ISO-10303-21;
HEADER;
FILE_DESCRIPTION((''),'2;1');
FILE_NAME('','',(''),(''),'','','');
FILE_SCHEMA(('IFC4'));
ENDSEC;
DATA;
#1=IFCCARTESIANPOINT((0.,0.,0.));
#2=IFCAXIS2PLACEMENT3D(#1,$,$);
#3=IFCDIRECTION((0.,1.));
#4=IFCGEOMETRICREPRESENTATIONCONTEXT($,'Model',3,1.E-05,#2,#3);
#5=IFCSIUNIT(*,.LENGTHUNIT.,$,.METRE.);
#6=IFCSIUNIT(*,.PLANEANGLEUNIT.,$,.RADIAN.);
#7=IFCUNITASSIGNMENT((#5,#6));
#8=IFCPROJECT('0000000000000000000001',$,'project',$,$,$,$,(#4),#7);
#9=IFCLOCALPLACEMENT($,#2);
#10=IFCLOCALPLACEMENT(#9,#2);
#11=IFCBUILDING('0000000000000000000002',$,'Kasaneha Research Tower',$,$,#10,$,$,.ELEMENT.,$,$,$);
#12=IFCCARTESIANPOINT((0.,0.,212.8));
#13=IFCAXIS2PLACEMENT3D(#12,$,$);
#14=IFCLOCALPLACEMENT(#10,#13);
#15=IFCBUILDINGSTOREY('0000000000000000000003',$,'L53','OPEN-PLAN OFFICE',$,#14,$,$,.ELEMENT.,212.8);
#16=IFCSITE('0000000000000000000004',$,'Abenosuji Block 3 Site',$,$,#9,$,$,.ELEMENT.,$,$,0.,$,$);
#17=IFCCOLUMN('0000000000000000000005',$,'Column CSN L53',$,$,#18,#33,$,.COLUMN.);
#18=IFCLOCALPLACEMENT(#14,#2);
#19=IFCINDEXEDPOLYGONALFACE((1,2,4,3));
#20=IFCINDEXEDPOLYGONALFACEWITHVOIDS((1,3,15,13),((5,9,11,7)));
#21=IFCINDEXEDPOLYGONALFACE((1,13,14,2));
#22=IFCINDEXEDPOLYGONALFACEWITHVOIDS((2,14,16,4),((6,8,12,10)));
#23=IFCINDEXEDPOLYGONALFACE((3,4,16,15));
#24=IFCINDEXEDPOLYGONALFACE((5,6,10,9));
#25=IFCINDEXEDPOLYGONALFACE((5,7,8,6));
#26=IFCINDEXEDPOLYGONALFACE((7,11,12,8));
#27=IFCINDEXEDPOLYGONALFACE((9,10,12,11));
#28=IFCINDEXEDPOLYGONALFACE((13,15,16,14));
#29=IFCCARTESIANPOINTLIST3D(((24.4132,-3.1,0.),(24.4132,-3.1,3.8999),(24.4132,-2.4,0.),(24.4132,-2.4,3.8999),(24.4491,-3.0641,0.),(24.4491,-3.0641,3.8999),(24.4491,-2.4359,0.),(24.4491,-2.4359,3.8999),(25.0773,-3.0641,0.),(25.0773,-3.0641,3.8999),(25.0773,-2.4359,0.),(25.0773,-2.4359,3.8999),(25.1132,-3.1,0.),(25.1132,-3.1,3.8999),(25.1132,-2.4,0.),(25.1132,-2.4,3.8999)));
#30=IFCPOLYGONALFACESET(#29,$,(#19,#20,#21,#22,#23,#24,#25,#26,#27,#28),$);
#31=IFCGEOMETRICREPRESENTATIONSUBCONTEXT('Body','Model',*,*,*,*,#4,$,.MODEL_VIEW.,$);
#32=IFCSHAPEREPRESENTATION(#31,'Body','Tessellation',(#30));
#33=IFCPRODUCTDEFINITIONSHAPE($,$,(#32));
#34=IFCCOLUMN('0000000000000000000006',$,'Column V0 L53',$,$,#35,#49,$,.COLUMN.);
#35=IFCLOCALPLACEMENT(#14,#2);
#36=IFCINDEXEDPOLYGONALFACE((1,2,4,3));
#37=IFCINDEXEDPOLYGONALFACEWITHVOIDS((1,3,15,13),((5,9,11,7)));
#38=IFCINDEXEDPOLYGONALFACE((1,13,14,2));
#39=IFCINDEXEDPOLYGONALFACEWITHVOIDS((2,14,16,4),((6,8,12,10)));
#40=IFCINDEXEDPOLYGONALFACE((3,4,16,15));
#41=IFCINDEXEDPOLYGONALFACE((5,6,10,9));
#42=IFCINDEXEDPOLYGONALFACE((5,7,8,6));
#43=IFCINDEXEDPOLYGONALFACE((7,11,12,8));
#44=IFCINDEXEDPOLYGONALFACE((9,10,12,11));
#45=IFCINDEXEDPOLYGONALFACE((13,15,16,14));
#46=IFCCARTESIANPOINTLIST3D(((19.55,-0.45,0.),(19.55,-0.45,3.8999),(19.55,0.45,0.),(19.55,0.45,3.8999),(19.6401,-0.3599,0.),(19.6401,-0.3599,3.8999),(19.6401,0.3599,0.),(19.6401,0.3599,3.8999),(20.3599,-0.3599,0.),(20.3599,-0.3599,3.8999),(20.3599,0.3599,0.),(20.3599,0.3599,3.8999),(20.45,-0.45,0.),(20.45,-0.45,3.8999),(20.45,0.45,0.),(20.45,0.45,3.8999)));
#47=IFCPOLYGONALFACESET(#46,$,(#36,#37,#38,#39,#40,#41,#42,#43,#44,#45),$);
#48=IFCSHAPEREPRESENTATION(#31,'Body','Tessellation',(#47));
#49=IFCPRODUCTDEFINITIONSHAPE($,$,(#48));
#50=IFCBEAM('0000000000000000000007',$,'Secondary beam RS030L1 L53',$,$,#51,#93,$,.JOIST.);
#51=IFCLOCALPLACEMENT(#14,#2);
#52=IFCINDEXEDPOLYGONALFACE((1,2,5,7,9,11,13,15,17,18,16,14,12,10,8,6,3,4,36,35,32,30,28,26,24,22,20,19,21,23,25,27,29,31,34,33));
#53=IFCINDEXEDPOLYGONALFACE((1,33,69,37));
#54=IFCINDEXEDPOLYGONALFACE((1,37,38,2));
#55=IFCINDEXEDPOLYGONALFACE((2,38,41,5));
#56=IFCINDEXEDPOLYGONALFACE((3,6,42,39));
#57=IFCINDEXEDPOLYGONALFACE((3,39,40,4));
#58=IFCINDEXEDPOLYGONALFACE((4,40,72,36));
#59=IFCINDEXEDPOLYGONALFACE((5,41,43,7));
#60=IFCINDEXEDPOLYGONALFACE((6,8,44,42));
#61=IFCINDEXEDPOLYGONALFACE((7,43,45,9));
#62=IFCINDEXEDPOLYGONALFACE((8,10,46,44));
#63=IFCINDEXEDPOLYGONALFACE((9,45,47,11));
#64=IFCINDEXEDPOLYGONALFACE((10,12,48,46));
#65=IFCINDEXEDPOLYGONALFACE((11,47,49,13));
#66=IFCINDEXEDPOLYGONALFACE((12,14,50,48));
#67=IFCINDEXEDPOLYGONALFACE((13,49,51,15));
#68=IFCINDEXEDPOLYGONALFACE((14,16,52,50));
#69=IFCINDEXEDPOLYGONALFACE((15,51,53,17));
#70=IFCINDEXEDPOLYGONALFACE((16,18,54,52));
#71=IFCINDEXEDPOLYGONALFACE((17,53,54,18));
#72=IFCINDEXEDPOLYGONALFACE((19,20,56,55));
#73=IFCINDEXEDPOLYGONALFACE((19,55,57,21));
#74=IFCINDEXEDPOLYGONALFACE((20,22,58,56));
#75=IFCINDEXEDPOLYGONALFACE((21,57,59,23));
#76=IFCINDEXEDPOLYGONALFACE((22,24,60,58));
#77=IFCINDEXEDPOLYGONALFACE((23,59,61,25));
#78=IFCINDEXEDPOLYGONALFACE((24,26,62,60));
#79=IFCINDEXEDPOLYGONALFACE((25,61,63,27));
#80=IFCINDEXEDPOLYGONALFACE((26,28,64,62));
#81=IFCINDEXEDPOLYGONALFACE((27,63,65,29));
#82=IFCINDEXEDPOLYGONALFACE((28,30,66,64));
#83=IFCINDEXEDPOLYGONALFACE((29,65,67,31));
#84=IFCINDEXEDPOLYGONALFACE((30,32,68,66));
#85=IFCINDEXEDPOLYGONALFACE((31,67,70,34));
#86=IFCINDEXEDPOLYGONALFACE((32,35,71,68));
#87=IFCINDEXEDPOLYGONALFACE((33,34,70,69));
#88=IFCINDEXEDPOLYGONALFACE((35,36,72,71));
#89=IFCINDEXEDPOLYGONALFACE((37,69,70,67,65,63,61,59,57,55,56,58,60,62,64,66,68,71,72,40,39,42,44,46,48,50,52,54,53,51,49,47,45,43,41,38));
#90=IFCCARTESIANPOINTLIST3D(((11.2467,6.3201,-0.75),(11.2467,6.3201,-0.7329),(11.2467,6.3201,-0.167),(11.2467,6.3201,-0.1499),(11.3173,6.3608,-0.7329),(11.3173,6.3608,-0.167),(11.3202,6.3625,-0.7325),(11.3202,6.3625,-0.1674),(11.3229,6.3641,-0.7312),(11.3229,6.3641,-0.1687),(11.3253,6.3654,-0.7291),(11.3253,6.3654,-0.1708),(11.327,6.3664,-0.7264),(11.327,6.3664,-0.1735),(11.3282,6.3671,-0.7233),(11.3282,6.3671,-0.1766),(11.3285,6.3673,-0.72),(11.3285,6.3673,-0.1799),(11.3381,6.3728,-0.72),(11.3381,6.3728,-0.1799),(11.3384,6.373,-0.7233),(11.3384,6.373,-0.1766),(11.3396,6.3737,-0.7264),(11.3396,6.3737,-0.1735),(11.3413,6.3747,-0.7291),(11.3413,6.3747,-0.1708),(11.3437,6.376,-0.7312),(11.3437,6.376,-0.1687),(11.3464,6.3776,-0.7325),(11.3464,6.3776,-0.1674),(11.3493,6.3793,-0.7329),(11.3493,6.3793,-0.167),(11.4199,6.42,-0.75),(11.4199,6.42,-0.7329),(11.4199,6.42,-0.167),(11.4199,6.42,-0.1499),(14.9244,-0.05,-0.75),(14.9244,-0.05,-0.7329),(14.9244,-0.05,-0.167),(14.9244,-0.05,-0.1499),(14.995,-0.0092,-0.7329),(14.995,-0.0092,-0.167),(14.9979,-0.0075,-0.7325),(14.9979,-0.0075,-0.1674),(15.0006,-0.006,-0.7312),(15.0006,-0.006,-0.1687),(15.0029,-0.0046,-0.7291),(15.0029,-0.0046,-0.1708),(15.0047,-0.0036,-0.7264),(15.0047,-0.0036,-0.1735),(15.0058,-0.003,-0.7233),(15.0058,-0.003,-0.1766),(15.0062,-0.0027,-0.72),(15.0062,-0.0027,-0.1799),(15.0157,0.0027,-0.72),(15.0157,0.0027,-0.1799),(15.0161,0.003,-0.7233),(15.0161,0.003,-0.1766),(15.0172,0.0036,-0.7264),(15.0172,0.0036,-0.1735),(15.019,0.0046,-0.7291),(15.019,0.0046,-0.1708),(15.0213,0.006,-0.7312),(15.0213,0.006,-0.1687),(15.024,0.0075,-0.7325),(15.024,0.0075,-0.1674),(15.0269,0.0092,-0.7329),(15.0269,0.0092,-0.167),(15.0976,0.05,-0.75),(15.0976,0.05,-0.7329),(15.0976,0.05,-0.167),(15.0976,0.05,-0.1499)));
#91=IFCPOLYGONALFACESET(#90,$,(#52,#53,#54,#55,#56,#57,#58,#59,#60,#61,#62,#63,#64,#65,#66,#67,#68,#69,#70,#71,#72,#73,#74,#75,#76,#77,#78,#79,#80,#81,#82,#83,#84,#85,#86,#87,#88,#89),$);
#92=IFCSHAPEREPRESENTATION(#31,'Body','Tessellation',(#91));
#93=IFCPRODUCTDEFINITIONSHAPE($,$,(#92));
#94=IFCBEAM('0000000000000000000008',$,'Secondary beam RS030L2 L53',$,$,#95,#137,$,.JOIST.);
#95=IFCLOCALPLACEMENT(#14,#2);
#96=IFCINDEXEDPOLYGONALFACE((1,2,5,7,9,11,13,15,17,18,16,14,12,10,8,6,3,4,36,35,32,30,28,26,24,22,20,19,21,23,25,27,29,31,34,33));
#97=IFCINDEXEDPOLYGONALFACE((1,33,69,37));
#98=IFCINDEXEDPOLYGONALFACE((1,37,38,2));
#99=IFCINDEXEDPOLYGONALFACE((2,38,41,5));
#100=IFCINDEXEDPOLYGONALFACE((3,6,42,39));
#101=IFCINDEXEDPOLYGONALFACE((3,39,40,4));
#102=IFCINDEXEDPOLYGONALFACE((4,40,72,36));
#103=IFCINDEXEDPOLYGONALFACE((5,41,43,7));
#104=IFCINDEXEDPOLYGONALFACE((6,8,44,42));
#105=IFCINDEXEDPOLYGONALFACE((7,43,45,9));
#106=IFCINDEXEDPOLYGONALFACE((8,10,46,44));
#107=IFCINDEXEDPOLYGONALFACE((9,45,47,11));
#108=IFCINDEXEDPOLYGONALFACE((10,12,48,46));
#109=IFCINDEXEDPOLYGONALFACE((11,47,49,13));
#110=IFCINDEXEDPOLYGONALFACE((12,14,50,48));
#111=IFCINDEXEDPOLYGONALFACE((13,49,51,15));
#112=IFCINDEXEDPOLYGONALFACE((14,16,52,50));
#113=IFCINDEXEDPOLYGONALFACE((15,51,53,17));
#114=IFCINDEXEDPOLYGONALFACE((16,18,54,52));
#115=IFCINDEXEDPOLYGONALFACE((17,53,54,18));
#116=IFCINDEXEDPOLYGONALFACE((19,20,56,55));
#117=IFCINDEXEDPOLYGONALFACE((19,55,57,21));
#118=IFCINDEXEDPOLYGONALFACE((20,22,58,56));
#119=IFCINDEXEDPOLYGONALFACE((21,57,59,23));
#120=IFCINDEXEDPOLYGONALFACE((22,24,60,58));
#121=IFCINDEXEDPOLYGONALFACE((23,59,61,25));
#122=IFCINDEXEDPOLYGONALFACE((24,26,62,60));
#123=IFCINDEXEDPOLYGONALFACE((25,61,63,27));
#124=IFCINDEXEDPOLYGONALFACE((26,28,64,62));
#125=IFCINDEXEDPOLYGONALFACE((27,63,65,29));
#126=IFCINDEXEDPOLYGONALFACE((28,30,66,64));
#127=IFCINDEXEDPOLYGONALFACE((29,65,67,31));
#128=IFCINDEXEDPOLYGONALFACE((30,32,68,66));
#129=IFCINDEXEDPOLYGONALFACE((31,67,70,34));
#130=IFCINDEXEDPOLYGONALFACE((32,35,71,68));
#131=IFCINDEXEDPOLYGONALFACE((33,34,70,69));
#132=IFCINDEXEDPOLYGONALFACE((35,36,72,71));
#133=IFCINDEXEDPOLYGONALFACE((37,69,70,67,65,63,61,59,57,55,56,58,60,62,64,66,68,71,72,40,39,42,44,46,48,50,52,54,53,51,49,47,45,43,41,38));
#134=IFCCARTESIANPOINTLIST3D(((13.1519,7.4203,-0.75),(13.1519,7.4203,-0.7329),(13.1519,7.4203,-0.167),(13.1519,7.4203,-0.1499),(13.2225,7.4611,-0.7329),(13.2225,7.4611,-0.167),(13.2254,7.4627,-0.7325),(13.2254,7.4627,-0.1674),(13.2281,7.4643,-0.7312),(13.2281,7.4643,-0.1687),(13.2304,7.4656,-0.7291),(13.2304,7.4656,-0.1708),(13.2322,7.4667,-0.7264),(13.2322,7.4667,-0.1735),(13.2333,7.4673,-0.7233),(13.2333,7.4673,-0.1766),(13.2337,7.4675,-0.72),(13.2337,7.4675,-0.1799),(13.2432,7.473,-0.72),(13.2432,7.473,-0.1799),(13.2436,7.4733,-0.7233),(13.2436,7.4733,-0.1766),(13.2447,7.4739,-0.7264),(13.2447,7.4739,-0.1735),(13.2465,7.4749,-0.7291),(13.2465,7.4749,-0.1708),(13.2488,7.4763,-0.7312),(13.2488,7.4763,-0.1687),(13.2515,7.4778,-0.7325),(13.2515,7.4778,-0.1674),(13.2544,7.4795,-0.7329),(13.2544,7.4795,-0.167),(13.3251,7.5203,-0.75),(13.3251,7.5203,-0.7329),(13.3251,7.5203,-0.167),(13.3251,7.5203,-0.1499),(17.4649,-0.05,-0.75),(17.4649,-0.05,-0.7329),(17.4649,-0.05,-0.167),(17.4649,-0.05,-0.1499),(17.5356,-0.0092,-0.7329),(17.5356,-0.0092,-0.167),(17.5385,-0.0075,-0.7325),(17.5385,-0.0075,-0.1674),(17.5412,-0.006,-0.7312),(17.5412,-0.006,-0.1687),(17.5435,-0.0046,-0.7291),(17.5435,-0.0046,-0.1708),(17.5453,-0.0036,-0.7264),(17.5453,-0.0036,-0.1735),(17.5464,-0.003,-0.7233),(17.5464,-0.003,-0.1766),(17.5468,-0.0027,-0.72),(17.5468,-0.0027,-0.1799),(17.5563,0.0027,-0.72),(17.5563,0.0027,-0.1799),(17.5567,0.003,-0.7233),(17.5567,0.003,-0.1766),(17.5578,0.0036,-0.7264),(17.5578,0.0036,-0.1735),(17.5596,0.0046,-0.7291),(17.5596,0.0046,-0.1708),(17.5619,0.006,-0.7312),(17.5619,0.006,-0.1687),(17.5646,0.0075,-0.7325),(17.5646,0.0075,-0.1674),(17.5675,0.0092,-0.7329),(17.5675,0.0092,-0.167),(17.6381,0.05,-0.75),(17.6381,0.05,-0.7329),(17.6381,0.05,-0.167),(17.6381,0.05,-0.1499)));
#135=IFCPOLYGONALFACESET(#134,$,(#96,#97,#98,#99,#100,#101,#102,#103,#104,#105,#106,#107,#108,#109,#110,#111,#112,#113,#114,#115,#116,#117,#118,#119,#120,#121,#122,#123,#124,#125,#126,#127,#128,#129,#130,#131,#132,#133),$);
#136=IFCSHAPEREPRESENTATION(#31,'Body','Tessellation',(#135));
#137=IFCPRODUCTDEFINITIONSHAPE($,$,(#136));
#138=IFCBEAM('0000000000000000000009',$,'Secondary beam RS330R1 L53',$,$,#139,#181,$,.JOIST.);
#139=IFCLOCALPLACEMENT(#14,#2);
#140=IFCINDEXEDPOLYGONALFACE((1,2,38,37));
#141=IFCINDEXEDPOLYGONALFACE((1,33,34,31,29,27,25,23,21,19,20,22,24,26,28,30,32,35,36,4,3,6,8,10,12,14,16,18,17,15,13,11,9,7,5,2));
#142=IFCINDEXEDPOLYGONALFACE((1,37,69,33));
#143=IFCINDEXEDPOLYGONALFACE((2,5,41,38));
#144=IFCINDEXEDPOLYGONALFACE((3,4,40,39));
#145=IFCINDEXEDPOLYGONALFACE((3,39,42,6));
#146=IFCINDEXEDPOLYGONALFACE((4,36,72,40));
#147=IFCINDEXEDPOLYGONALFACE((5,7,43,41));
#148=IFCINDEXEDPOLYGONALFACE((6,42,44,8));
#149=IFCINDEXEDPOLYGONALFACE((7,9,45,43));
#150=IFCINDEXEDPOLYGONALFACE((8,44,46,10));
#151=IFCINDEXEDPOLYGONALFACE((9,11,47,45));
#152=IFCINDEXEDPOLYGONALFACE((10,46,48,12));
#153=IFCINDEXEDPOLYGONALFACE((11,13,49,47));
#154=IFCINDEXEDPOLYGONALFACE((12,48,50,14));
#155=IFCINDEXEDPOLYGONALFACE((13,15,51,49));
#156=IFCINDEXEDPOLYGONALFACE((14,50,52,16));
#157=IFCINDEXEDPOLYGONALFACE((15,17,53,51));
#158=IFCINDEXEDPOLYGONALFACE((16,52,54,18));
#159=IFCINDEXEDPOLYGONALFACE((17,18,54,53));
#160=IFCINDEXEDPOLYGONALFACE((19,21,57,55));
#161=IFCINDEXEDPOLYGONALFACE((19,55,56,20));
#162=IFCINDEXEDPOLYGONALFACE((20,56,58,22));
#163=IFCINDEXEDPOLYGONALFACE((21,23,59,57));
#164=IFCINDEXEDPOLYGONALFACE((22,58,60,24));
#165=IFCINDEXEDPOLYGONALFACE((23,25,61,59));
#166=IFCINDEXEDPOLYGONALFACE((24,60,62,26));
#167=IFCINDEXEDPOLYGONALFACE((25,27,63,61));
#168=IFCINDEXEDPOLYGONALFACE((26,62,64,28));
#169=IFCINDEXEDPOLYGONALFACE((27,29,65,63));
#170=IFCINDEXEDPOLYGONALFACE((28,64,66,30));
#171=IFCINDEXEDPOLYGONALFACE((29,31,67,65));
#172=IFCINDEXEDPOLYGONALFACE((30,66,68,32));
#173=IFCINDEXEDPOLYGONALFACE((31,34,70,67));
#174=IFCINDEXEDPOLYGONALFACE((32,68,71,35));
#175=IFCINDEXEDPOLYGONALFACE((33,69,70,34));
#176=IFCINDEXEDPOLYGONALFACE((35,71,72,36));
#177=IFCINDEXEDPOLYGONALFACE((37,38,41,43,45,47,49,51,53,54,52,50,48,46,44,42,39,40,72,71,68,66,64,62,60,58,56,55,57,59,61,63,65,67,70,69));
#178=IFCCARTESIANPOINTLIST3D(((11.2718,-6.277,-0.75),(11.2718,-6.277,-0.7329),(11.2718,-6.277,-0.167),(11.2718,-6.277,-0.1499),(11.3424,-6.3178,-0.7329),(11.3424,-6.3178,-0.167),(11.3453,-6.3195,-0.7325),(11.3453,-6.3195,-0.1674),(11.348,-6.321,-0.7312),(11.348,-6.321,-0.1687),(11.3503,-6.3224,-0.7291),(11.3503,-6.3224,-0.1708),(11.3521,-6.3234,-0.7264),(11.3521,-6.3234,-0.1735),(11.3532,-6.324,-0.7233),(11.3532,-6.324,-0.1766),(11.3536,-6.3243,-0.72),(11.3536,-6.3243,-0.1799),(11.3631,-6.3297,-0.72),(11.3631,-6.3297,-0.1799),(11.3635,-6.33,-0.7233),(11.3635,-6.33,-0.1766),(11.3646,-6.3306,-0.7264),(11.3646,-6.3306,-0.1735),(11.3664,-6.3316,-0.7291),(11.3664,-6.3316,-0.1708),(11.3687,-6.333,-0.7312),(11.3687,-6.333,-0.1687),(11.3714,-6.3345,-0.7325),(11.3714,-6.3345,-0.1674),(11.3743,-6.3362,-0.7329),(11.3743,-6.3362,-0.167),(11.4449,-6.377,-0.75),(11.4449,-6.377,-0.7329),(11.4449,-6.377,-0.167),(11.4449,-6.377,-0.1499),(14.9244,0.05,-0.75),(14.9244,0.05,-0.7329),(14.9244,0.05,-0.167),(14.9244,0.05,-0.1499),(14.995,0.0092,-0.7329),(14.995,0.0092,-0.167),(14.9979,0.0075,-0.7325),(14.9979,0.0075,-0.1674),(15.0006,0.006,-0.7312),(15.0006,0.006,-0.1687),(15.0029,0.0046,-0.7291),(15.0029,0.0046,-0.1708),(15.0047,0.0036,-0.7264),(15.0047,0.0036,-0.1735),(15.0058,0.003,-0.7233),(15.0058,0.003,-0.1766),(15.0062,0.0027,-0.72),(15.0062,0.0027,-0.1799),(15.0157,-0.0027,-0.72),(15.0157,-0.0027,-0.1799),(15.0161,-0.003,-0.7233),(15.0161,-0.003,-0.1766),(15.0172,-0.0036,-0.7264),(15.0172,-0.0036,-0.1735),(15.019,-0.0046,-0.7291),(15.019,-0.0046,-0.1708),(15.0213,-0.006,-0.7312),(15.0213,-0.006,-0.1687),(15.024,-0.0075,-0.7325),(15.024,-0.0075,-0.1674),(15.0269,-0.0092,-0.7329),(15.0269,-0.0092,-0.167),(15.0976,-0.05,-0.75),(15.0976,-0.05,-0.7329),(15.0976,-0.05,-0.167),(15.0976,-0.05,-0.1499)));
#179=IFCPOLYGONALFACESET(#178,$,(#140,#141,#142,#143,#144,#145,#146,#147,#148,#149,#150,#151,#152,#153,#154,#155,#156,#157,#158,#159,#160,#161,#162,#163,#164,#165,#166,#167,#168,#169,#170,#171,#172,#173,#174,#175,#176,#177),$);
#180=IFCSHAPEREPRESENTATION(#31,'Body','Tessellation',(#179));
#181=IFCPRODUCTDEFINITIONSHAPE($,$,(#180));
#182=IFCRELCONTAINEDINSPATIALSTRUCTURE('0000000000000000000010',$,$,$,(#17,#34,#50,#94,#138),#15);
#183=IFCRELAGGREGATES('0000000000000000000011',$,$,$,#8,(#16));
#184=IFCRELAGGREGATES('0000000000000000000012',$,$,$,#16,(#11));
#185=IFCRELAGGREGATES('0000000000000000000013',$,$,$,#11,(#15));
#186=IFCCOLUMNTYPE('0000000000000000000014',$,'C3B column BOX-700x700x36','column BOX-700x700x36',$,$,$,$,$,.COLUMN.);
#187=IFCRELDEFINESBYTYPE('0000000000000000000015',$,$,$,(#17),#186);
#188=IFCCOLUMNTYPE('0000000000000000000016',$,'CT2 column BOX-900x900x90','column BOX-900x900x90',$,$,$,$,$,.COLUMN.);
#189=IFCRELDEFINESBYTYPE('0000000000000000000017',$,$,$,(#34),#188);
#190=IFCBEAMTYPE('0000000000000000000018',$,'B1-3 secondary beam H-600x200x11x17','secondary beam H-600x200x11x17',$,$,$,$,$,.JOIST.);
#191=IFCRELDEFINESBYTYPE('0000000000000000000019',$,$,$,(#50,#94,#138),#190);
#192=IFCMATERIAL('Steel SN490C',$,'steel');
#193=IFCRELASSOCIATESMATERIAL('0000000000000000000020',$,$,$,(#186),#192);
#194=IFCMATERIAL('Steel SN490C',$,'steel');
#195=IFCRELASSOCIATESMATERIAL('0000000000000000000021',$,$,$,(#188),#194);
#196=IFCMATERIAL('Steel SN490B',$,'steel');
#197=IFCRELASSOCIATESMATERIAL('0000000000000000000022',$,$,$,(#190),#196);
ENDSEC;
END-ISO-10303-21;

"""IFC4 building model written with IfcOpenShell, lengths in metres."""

from ifc_helpers import new_model, si_unit, direction, frame, origin, origin_2d, place, context, subcontext, project, spatial, hollow_rectangle, i_section, extrude, material, material_profile, profile_set, type_object, element, save


model = new_model("IFC4")

# Units and contexts
model_context = context("Model", 3, precision=1e-05, world=origin(), true_north=direction((0.0, 1.0)))
body_context = subcontext(model_context, "Body", "Model", "MODEL_VIEW")
ifc_project = project(units=[si_unit("LENGTHUNIT", "METRE"), si_unit("PLANEANGLEUNIT", "RADIAN")], contexts=[model_context])

# Site, building, storey
site_placement = place(None, origin())
site = spatial("IfcSite", under=ifc_project, at=site_placement, Name="Abenosuji Block 3 Site", CompositionType="ELEMENT", RefElevation=0.0)
building_placement = place(site_placement, origin())
building = spatial("IfcBuilding", under=site, at=building_placement, Name="Kasaneha Research Tower", CompositionType="ELEMENT")
storey_placement = place(building_placement, frame((0.0, 0.0, 212.8)))
storey = spatial("IfcBuildingStorey", under=building, at=storey_placement, Name="L53", Description="OPEN-PLAN OFFICE", CompositionType="ELEMENT", Elevation=212.8)

# Columns
ifc_material_1 = material(Name="Steel SN490C", Category="steel")
ifc_material_profile_1 = material_profile(ifc_material_1, hollow_rectangle(XDim=0.7, YDim=0.7, WallThickness=0.0359, at=origin_2d()), Name="BOX-700x700x36")
ifc_profile_set_1 = profile_set([ifc_material_profile_1], Name="Steel SN490C")
column_type_1 = type_object("IfcColumnType", Name="C3B column BOX-700x700x36", Description="column BOX-700x700x36", PredefinedType="COLUMN", material=ifc_profile_set_1)
column_1_placement = place(storey_placement, frame((24.7632, -2.75, 0.0), z_axis=(0.0, 0.0, 1.0), x_axis=(1.0, 0.0, 0.0)))
element("IfcColumn", 1, at=column_1_placement, inside=storey, type_object=column_type_1, Name="Column CSN L53", PredefinedType="COLUMN", context=body_context, shape_type="SweptSolid", body=[
    extrude(hollow_rectangle(XDim=0.7, YDim=0.7, WallThickness=0.0359, at=origin_2d()), origin(), (0.0, 0.0, 1.0), 3.8999),
])
ifc_material_2 = material(Name="Steel SN490C", Category="steel")
ifc_material_profile_2 = material_profile(ifc_material_2, hollow_rectangle(XDim=0.8999, YDim=0.8999, WallThickness=0.0901, at=origin_2d()), Name="BOX-900x900x90")
ifc_profile_set_2 = profile_set([ifc_material_profile_2], Name="Steel SN490C")
column_type_2 = type_object("IfcColumnType", Name="CT2 column BOX-900x900x90", Description="column BOX-900x900x90", PredefinedType="COLUMN", material=ifc_profile_set_2)
column_2_placement = place(storey_placement, frame((20.0, 0.0, 0.0), z_axis=(0.0, 0.0, 1.0), x_axis=(1.0, 0.0, 0.0)))
element("IfcColumn", 2, at=column_2_placement, inside=storey, type_object=column_type_2, Name="Column V0 L53", PredefinedType="COLUMN", context=body_context, shape_type="SweptSolid", body=[
    extrude(hollow_rectangle(XDim=0.8999, YDim=0.8999, WallThickness=0.0901, at=origin_2d()), origin(), (0.0, 0.0, 1.0), 3.8999),
])

# Beams
ifc_material_3 = material(Name="Steel SN490B", Category="steel")
ifc_material_profile_3 = material_profile(ifc_material_3, i_section(OverallWidth=0.2, OverallDepth=0.6001, WebThickness=0.011, FlangeThickness=0.0171, FilletRadius=0.0129, at=origin_2d()), Name="H-600x200x11x17")
ifc_profile_set_3 = profile_set([ifc_material_profile_3], Name="Steel SN490B")
beam_type_1 = type_object("IfcBeamType", Name="B1-3 secondary beam H-600x200x11x17", Description="secondary beam H-600x200x11x17", PredefinedType="JOIST", material=ifc_profile_set_3)
beam_1_placement = place(storey_placement, frame((15.011, 0.0, -0.45), z_axis=(-0.499994, 0.866029, 0.0), x_axis=(-0.866029, -0.499994, 0.0)))
element("IfcBeam", 3, at=beam_1_placement, inside=storey, type_object=beam_type_1, Name="Secondary beam RS030L1 L53", PredefinedType="JOIST", context=body_context, shape_type="SweptSolid", body=[
    extrude(i_section(OverallWidth=0.2, OverallDepth=0.6001, WebThickness=0.011, FlangeThickness=0.0171, FilletRadius=0.0129, at=origin_2d()), origin(), (0.0, 0.0, 1.0), 7.3555),
])
beam_2_placement = place(storey_placement, frame((17.5515, 0.0, -0.45), z_axis=(-0.500005, 0.866023, 0.0), x_axis=(-0.866023, -0.500005, 0.0)))
element("IfcBeam", 4, at=beam_2_placement, inside=storey, type_object=beam_type_1, Name="Secondary beam RS030L2 L53", PredefinedType="JOIST", context=body_context, shape_type="SweptSolid", body=[
    extrude(i_section(OverallWidth=0.2, OverallDepth=0.6001, WebThickness=0.011, FlangeThickness=0.0171, FilletRadius=0.0129, at=origin_2d()), origin(), (0.0, 0.0, 1.0), 8.626),
])
beam_3_placement = place(storey_placement, frame((15.011, 0.0, -0.45), z_axis=(-0.499974, -0.86604, 0.0), x_axis=(0.86604, -0.499974, 0.0)))
element("IfcBeam", 5, at=beam_3_placement, inside=storey, type_object=beam_type_1, Name="Secondary beam RS330R1 L53", PredefinedType="JOIST", context=body_context, shape_type="SweptSolid", body=[
    extrude(i_section(OverallWidth=0.2, OverallDepth=0.6001, WebThickness=0.011, FlangeThickness=0.0171, FilletRadius=0.0129, at=origin_2d()), origin(), (0.0, 0.0, 1.0), 7.3057),
])

save(model, "model.ifc")
